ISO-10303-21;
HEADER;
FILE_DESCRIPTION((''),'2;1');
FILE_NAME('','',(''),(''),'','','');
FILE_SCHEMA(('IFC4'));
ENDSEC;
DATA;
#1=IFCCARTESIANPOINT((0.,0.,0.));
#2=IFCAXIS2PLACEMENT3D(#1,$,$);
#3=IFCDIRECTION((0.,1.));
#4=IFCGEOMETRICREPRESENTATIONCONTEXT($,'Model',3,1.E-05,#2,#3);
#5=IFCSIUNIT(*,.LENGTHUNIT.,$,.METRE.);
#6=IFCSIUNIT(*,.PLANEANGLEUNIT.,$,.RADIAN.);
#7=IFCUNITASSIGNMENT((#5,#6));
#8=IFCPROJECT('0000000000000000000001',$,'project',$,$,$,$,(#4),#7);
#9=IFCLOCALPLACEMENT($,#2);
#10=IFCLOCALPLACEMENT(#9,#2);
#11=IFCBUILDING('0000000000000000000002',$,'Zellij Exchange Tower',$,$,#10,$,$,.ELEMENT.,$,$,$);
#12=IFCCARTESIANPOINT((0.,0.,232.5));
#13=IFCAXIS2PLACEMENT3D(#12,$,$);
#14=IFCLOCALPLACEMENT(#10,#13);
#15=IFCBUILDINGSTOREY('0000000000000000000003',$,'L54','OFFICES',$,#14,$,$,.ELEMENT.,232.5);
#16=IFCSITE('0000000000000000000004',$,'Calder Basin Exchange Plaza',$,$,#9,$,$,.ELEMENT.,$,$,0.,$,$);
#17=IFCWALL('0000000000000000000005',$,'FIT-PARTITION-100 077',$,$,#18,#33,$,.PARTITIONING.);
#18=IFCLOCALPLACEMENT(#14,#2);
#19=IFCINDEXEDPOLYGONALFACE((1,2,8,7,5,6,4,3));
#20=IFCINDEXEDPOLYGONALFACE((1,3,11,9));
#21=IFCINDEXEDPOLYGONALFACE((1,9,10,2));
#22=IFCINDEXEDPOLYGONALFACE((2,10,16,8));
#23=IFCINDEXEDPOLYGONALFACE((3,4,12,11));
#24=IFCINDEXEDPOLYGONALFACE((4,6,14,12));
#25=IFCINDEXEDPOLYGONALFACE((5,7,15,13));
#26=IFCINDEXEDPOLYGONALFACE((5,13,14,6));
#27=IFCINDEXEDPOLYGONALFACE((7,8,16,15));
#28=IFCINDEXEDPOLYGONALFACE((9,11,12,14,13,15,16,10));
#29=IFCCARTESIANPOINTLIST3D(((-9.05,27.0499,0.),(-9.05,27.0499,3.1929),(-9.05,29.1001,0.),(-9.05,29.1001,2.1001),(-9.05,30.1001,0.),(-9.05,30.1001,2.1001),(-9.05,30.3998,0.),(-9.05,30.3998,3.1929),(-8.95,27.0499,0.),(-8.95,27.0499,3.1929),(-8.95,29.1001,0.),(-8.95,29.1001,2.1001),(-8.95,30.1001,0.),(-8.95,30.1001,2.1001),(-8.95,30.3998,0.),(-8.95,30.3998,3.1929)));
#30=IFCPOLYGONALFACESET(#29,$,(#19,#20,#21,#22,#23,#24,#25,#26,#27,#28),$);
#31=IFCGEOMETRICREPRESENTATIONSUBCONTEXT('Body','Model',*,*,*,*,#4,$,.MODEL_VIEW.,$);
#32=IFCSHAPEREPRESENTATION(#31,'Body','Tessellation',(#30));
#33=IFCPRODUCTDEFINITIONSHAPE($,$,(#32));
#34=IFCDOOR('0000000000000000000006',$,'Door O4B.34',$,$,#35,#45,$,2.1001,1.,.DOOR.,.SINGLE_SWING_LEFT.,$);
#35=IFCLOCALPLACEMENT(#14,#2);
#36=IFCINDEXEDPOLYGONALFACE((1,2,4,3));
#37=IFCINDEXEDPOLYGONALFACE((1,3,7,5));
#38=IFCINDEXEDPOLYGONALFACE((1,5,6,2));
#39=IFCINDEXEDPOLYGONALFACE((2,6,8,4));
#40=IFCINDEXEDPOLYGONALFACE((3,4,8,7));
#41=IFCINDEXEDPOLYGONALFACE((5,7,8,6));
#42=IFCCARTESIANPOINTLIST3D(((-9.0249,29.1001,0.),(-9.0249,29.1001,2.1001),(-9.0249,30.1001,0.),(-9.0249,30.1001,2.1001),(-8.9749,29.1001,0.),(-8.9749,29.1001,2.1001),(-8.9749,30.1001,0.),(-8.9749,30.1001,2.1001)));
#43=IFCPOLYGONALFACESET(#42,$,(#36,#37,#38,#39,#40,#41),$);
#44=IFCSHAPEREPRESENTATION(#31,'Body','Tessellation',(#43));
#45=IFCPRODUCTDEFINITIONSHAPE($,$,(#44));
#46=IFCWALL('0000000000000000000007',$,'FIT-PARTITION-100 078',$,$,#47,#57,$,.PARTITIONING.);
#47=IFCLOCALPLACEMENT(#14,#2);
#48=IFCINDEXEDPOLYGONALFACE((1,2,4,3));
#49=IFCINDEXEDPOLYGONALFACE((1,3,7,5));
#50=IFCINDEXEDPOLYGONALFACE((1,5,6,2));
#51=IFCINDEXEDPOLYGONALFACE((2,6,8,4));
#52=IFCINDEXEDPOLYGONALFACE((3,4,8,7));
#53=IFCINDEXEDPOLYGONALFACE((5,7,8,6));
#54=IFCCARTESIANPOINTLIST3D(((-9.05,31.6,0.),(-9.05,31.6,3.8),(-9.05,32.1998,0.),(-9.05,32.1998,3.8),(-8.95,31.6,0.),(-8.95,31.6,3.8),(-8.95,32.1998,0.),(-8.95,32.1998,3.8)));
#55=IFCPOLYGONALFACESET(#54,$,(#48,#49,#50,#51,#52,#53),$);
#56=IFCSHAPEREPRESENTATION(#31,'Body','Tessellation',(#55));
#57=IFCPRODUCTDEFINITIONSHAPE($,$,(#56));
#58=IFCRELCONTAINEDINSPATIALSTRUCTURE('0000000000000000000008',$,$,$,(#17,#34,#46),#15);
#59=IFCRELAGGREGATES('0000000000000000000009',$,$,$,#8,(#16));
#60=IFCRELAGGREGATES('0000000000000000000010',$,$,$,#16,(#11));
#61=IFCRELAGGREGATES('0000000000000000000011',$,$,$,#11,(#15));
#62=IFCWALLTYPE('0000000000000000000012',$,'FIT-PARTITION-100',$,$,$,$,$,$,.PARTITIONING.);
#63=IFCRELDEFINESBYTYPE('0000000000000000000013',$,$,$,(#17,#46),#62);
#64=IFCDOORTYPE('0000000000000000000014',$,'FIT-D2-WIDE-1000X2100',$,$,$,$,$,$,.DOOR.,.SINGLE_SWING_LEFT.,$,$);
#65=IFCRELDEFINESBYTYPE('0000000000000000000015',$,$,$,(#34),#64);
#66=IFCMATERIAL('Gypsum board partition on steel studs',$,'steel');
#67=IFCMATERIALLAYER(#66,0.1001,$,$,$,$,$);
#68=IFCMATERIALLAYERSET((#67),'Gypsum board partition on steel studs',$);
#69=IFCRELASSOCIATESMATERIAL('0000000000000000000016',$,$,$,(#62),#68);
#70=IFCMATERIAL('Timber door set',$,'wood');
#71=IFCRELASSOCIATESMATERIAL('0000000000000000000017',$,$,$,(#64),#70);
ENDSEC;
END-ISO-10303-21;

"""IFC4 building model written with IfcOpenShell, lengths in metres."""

from ifc_helpers import new_model, si_unit, direction, frame, frame_2d, origin, place, context, subcontext, project, spatial, rectangle, extrude, material, layer, layer_set, type_object, element, fill, save


model = new_model("IFC4")

# Units and contexts
model_context = context("Model", 3, precision=1e-05, world=origin(), true_north=direction((0.0, 1.0)))
body_context = subcontext(model_context, "Body", "Model", "MODEL_VIEW")
ifc_project = project(units=[si_unit("LENGTHUNIT", "METRE"), si_unit("PLANEANGLEUNIT", "RADIAN")], contexts=[model_context])

# Site, building, storey
site_placement = place(None, origin())
site = spatial("IfcSite", under=ifc_project, at=site_placement, Name="Calder Basin Exchange Plaza", CompositionType="ELEMENT", RefElevation=0.0)
building_placement = place(site_placement, origin())
building = spatial("IfcBuilding", under=site, at=building_placement, Name="Zellij Exchange Tower", CompositionType="ELEMENT")
storey_placement = place(building_placement, frame((0.0, 0.0, 232.5)))
storey = spatial("IfcBuildingStorey", under=building, at=storey_placement, Name="L54", Description="OFFICES", CompositionType="ELEMENT", Elevation=232.5)

# Shared definitions
ifc_material_1 = material(Name="Gypsum board partition on steel studs", Category="steel")
ifc_layer = layer(ifc_material_1, 0.1001)
ifc_layer_set = layer_set([ifc_layer], Name="Gypsum board partition on steel studs")
wall_type = type_object("IfcWallType", Name="FIT-PARTITION-100", PredefinedType="PARTITIONING", material=ifc_layer_set)

# Shared definitions
ifc_material_2 = material(Name="Timber door set", Category="wood")

# Wall, opening, door
wall_1_placement = place(storey_placement, frame((-9.0, 27.05, 0.0), z_axis=(0.0, 0.0, 1.0), x_axis=(0.0, 1.0, 0.0)))
wall_1 = element("IfcWall", 1, at=wall_1_placement, inside=storey, type_object=wall_type, Name="FIT-PARTITION-100 077", PredefinedType="PARTITIONING", context=body_context, shape_type="SweptSolid", body=[
    extrude(rectangle(XDim=3.3499, YDim=0.1001, at=frame_2d((1.6748, 0.0))), origin(), (0.0, 0.0, 1.0), 3.1929),
])
opening_1_placement = place(wall_1_placement, frame((2.05, 0.0, 0.0)))
opening_1 = element("IfcOpeningElement", 2, at=opening_1_placement, cuts=wall_1, PredefinedType="OPENING", context=body_context, shape_type="SweptSolid", body=[
    extrude(rectangle(XDim=1.0, YDim=2.1001, at=frame_2d((0.5, 1.05))), frame((0.0, 0.062, 0.0), z_axis=(0.0, -1.0, 0.0), x_axis=(1.0, 0.0, 0.0)), (0.0, 0.0, 1.0), 0.124),
])
door_type_1 = type_object("IfcDoorType", Name="FIT-D2-WIDE-1000X2100", OperationType="SINGLE_SWING_LEFT", PredefinedType="DOOR", material=ifc_material_2)
door_1_placement = place(opening_1_placement, origin())
door_1 = element("IfcDoor", 3, at=door_1_placement, inside=storey, type_object=door_type_1, Name="Door O4B.34", OperationType="SINGLE_SWING_LEFT", OverallHeight=2.1001, OverallWidth=1.0, PredefinedType="DOOR", context=body_context, shape_type="SweptSolid", body=[
    extrude(rectangle(XDim=1.0, YDim=2.1001, at=frame_2d((0.5, 1.05))), frame((0.0, 0.0249, 0.0), z_axis=(0.0, -1.0, 0.0), x_axis=(1.0, 0.0, 0.0)), (0.0, 0.0, 1.0), 0.05),
])
fill(opening_1, door_1)

# Wall
wall_2_placement = place(storey_placement, frame((-9.0, 31.6001, 0.0), z_axis=(0.0, 0.0, 1.0), x_axis=(0.0, 1.0, 0.0)))
element("IfcWall", 4, at=wall_2_placement, inside=storey, type_object=wall_type, Name="FIT-PARTITION-100 078", PredefinedType="PARTITIONING", context=body_context, shape_type="SweptSolid", body=[
    extrude(rectangle(XDim=0.5999, YDim=0.1001, at=frame_2d((0.2998, 0.0))), origin(), (0.0, 0.0, 1.0), 3.8),
])

save(model, "model.ifc")
